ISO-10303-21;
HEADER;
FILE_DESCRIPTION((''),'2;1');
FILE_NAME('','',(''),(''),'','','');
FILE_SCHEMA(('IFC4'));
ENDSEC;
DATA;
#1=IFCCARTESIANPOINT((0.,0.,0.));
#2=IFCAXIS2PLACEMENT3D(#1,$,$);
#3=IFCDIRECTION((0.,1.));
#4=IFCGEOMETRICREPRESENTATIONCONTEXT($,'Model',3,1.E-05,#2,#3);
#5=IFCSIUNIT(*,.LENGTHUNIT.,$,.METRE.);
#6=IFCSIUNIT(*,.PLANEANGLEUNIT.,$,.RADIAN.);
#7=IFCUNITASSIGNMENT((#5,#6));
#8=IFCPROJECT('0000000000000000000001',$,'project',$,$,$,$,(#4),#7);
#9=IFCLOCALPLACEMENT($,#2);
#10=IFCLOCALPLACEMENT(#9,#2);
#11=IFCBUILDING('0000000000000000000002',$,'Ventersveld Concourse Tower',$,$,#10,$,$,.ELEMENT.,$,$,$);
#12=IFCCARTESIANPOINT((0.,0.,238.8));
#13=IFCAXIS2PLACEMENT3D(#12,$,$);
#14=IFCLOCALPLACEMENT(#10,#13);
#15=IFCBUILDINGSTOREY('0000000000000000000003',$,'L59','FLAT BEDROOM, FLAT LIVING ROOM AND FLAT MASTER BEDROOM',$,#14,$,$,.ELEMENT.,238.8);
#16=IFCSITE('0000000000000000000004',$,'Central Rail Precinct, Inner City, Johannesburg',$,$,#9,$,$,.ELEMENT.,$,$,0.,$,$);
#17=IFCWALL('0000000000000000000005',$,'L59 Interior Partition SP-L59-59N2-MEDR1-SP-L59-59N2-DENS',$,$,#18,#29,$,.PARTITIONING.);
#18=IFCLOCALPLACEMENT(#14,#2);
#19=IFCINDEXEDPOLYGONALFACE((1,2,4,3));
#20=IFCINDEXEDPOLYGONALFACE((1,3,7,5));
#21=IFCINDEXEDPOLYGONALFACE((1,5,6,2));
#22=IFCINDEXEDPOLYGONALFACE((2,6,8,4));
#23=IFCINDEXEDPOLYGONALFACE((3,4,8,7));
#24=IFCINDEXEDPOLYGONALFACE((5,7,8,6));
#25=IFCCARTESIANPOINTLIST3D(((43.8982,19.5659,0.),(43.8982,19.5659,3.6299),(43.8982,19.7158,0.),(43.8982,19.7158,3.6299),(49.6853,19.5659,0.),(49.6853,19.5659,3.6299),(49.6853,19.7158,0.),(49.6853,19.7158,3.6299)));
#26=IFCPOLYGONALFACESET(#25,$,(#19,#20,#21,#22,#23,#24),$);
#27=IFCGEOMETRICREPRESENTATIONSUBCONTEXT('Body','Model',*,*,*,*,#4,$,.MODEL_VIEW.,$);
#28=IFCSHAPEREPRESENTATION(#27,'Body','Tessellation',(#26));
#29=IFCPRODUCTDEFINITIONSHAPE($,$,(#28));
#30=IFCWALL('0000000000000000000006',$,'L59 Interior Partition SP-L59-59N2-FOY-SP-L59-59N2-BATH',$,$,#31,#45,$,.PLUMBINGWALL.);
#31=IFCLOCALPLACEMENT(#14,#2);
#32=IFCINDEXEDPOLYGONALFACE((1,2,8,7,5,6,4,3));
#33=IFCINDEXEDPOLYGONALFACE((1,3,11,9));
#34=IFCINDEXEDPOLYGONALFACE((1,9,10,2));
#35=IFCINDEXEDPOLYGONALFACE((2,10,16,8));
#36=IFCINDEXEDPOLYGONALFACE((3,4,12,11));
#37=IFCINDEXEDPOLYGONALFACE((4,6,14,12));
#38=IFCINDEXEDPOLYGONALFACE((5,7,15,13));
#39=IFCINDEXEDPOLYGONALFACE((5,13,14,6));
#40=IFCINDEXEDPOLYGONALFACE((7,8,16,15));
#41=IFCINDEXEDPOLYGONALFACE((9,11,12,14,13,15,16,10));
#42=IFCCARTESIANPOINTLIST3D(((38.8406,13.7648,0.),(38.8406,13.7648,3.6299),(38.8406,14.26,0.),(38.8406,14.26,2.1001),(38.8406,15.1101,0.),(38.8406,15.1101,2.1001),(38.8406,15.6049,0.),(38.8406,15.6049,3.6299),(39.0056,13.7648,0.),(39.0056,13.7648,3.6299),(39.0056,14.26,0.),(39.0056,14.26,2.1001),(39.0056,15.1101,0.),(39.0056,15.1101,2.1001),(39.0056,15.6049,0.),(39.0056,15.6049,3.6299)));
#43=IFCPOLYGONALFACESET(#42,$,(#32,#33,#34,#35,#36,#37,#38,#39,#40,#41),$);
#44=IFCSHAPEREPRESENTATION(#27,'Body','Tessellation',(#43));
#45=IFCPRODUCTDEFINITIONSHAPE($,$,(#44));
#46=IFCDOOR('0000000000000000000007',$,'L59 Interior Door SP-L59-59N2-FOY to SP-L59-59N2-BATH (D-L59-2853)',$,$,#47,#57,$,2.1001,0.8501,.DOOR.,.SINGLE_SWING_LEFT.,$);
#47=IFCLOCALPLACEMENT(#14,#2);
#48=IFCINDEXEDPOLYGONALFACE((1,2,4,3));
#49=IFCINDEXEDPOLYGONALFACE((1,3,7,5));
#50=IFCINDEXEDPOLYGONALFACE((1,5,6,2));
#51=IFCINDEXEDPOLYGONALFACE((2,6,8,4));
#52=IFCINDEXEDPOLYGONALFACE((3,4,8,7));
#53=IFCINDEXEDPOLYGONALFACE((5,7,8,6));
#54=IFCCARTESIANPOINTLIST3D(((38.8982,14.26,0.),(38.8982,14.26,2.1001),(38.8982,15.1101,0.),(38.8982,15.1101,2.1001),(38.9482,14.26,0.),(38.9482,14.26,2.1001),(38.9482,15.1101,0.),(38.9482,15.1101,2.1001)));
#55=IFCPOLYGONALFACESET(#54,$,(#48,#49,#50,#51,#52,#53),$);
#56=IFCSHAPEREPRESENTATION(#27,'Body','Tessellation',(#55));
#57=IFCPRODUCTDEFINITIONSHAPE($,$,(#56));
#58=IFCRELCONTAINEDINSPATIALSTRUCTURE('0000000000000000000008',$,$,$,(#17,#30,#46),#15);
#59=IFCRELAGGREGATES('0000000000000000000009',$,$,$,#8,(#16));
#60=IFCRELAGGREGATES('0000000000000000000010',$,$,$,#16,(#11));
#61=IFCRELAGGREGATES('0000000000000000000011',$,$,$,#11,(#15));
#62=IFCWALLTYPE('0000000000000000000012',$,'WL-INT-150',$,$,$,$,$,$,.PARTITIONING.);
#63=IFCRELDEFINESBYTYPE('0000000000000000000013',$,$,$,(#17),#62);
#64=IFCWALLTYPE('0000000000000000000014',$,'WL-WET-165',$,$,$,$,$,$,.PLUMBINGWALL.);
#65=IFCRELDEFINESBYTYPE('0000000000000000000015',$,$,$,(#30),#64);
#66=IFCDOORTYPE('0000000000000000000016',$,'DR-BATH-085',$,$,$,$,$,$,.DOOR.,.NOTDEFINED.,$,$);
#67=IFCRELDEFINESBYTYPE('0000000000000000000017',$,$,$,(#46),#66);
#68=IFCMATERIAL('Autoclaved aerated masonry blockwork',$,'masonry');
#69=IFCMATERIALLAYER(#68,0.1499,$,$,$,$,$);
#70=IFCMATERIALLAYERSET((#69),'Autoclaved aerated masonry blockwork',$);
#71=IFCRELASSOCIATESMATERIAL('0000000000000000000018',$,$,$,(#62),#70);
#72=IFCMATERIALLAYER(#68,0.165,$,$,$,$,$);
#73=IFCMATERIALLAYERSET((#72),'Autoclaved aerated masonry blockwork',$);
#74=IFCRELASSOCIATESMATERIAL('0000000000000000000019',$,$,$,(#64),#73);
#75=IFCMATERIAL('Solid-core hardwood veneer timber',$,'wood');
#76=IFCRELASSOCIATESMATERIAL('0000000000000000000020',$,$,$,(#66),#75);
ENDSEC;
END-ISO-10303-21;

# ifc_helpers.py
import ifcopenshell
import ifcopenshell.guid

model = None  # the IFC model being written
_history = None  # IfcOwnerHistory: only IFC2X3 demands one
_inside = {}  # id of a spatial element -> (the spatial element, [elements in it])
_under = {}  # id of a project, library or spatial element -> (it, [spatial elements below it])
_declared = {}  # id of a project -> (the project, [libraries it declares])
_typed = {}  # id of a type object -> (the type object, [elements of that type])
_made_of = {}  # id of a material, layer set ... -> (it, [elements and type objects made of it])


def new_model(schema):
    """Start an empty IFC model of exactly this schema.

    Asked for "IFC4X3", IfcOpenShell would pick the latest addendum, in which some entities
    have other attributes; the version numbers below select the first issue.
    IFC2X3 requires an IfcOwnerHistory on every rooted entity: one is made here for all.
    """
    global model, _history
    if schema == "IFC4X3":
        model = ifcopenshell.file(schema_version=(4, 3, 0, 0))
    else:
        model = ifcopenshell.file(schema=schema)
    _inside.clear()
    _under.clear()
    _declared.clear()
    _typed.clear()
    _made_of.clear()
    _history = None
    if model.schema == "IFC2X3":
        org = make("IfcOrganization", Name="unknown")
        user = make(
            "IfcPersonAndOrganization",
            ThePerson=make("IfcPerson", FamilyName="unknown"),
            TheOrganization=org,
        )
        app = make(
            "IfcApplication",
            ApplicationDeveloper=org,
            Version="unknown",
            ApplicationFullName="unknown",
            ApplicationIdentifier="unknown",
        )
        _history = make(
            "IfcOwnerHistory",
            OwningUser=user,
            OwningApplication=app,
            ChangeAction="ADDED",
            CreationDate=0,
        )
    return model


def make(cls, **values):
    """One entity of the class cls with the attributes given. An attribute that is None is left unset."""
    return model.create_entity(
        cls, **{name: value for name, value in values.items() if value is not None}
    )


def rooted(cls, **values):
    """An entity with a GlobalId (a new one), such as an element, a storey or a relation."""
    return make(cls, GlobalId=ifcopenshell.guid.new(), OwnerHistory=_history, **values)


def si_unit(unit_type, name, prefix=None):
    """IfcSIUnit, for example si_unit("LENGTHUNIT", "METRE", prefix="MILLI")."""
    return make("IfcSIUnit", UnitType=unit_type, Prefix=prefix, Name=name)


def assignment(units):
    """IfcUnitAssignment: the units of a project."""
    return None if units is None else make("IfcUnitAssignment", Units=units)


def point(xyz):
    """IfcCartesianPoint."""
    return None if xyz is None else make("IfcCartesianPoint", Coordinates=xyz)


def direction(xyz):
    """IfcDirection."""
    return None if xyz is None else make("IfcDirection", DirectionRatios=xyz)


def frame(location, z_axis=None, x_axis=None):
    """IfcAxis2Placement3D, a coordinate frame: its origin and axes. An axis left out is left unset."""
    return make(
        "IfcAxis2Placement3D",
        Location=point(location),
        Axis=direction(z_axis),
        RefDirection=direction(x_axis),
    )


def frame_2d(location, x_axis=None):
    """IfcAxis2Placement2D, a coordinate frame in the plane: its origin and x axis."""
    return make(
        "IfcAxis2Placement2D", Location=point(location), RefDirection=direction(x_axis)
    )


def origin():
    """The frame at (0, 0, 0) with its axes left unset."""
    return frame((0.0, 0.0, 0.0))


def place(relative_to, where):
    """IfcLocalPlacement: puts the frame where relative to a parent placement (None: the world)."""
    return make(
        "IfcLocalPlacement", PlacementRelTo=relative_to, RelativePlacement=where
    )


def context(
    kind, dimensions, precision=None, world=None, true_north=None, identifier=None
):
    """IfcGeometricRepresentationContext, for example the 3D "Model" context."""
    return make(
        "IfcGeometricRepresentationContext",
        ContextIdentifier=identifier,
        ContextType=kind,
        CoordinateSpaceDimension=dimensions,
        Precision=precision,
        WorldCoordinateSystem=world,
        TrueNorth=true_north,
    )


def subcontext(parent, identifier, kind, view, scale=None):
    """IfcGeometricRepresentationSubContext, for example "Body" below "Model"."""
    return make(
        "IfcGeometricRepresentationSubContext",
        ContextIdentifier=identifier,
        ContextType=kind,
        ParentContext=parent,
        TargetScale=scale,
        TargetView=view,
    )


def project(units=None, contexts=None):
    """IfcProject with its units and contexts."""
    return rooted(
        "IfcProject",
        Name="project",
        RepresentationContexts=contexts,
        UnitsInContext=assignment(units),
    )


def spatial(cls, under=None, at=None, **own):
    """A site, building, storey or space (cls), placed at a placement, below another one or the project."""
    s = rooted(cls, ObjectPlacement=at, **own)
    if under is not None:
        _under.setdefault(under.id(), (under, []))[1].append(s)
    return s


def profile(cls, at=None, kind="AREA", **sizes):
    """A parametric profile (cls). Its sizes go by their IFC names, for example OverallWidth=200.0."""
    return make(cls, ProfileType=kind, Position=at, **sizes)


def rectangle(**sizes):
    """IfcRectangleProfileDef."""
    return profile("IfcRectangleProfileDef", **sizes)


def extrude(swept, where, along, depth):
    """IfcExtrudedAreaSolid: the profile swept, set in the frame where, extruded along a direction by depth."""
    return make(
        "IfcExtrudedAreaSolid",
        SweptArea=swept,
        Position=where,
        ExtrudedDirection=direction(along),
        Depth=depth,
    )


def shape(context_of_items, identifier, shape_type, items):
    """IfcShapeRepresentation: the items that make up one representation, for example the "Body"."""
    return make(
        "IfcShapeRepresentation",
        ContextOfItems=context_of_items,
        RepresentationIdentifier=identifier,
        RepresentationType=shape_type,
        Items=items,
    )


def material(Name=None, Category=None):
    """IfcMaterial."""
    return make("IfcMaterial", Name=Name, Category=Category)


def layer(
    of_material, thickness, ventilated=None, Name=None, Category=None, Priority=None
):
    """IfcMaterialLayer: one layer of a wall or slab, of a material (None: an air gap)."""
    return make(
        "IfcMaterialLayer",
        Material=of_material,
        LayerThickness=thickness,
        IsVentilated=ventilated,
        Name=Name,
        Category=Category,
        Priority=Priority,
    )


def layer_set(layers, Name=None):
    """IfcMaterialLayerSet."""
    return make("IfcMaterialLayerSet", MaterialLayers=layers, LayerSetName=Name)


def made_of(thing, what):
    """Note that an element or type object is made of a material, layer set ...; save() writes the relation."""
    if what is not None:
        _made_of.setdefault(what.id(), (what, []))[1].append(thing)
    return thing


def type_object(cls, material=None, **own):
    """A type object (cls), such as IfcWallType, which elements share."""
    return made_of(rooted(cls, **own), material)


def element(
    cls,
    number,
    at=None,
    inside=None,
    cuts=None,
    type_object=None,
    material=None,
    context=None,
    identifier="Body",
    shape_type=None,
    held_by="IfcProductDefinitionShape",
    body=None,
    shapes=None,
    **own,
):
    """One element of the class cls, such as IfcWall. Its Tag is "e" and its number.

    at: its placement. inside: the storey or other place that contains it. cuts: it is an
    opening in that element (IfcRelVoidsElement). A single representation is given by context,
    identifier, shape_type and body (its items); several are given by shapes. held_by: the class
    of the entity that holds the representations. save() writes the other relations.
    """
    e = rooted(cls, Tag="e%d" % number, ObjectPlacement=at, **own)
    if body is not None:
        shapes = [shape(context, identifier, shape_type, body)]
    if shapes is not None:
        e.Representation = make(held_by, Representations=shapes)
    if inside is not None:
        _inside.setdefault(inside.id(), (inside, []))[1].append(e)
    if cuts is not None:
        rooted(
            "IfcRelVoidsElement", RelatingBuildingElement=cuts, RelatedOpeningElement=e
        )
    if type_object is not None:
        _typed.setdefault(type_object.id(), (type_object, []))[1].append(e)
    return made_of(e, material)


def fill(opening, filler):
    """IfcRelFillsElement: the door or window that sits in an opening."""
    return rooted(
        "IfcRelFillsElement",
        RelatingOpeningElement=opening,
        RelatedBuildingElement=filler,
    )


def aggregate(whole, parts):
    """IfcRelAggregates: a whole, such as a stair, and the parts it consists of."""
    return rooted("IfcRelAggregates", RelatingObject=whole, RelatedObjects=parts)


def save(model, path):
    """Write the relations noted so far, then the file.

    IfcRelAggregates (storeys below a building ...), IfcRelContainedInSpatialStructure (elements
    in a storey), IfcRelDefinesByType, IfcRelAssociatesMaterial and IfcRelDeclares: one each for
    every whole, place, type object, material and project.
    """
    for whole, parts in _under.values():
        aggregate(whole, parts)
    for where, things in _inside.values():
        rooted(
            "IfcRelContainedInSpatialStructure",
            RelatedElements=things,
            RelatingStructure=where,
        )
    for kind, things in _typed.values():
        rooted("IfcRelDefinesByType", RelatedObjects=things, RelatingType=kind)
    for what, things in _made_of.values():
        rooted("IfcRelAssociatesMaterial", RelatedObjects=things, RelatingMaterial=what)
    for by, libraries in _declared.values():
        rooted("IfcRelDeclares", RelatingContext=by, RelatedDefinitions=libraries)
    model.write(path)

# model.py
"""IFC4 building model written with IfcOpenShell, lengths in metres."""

from ifc_helpers import new_model, si_unit, direction, frame, frame_2d, origin, place, context, subcontext, project, spatial, rectangle, extrude, material, layer, layer_set, type_object, element, fill, save


model = new_model("IFC4")

# Units and contexts
model_context = context("Model", 3, precision=1e-05, world=origin(), true_north=direction((0.0, 1.0)))
body_context = subcontext(model_context, "Body", "Model", "MODEL_VIEW")
ifc_project = project(units=[si_unit("LENGTHUNIT", "METRE"), si_unit("PLANEANGLEUNIT", "RADIAN")], contexts=[model_context])

# Site, building, storey
site_placement = place(None, origin())
site = spatial("IfcSite", under=ifc_project, at=site_placement, Name="Central Rail Precinct, Inner City, Johannesburg", CompositionType="ELEMENT", RefElevation=0.0)
building_placement = place(site_placement, origin())
building = spatial("IfcBuilding", under=site, at=building_placement, Name="Ventersveld Concourse Tower", CompositionType="ELEMENT")
storey_placement = place(building_placement, frame((0.0, 0.0, 238.8)))
storey = spatial("IfcBuildingStorey", under=building, at=storey_placement, Name="L59", Description="FLAT BEDROOM, FLAT LIVING ROOM AND FLAT MASTER BEDROOM", CompositionType="ELEMENT", Elevation=238.8)

# Shared definitions
ifc_material_1 = material(Name="Solid-core hardwood veneer timber", Category="wood")

# Shared definitions
ifc_material_2 = material(Name="Autoclaved aerated masonry blockwork", Category="masonry")
ifc_layer_1 = layer(ifc_material_2, 0.1499)
ifc_layer_set_1 = layer_set([ifc_layer_1], Name="Autoclaved aerated masonry blockwork")
wall_type_1 = type_object("IfcWallType", Name="WL-INT-150", PredefinedType="PARTITIONING", material=ifc_layer_set_1)

# Wall
for number, where, z_axis, x_axis, name in (
    (1, (43.8982, 19.6409, 0.0), (0.0, 0.0, 1.0), (1.0, 0.0, 0.0), "L59 Interior Partition SP-L59-59N2-MEDR1-SP-L59-59N2-DENS"),
):
    element("IfcWall", number, at=place(storey_placement, frame(where, z_axis=z_axis, x_axis=x_axis)), inside=storey, type_object=wall_type_1, Name=name, PredefinedType="PARTITIONING", context=body_context, shape_type="SweptSolid", body=[
        extrude(rectangle(XDim=5.7871, YDim=0.1499, at=frame_2d((2.8936, 0.0))), origin(), (0.0, 0.0, 1.0), 3.6299),
    ])

# Wall, opening, door
ifc_layer_2 = layer(ifc_material_2, 0.165)
ifc_layer_set_2 = layer_set([ifc_layer_2], Name="Autoclaved aerated masonry blockwork")
wall_type_2 = type_object("IfcWallType", Name="WL-WET-165", PredefinedType="PLUMBINGWALL", material=ifc_layer_set_2)
wall_1_placement = place(storey_placement, frame((38.9231, 13.7649, 0.0), z_axis=(0.0, 0.0, 1.0), x_axis=(0.0, 1.0, 0.0)))
wall_1 = element("IfcWall", 2, at=wall_1_placement, inside=storey, type_object=wall_type_2, Name="L59 Interior Partition SP-L59-59N2-FOY-SP-L59-59N2-BATH", PredefinedType="PLUMBINGWALL", context=body_context, shape_type="SweptSolid", body=[
    extrude(rectangle(XDim=1.8401, YDim=0.165, at=frame_2d((0.9199, 0.0))), origin(), (0.0, 0.0, 1.0), 3.6299),
])
opening_1_placement = place(wall_1_placement, frame((0.4951, 0.0, 0.0)))
opening_1 = element("IfcOpeningElement", 3, at=opening_1_placement, cuts=wall_1, PredefinedType="OPENING", context=body_context, shape_type="SweptSolid", body=[
    extrude(rectangle(XDim=0.8501, YDim=2.1001, at=frame_2d((0.425, 1.05))), frame((0.0, 0.0925, 0.0), z_axis=(0.0, -1.0, 0.0), x_axis=(1.0, 0.0, 0.0)), (0.0, 0.0, 1.0), 0.1851),
])
door_type_1 = type_object("IfcDoorType", Name="DR-BATH-085", OperationType="NOTDEFINED", PredefinedType="DOOR", material=ifc_material_1)
door_1_placement = place(opening_1_placement, origin())
door_1 = element("IfcDoor", 4, at=door_1_placement, inside=storey, type_object=door_type_1, Name="L59 Interior Door SP-L59-59N2-FOY to SP-L59-59N2-BATH (D-L59-2853)", OperationType="SINGLE_SWING_LEFT", OverallHeight=2.1001, OverallWidth=0.8501, PredefinedType="DOOR", context=body_context, shape_type="SweptSolid", body=[
    extrude(rectangle(XDim=0.8501, YDim=2.1001, at=frame_2d((0.425, 1.05))), frame((0.0, 0.0249, 0.0), z_axis=(0.0, -1.0, 0.0), x_axis=(1.0, 0.0, 0.0)), (0.0, 0.0, 1.0), 0.05),
])
fill(opening_1, door_1)

save(model, "model.ifc")
